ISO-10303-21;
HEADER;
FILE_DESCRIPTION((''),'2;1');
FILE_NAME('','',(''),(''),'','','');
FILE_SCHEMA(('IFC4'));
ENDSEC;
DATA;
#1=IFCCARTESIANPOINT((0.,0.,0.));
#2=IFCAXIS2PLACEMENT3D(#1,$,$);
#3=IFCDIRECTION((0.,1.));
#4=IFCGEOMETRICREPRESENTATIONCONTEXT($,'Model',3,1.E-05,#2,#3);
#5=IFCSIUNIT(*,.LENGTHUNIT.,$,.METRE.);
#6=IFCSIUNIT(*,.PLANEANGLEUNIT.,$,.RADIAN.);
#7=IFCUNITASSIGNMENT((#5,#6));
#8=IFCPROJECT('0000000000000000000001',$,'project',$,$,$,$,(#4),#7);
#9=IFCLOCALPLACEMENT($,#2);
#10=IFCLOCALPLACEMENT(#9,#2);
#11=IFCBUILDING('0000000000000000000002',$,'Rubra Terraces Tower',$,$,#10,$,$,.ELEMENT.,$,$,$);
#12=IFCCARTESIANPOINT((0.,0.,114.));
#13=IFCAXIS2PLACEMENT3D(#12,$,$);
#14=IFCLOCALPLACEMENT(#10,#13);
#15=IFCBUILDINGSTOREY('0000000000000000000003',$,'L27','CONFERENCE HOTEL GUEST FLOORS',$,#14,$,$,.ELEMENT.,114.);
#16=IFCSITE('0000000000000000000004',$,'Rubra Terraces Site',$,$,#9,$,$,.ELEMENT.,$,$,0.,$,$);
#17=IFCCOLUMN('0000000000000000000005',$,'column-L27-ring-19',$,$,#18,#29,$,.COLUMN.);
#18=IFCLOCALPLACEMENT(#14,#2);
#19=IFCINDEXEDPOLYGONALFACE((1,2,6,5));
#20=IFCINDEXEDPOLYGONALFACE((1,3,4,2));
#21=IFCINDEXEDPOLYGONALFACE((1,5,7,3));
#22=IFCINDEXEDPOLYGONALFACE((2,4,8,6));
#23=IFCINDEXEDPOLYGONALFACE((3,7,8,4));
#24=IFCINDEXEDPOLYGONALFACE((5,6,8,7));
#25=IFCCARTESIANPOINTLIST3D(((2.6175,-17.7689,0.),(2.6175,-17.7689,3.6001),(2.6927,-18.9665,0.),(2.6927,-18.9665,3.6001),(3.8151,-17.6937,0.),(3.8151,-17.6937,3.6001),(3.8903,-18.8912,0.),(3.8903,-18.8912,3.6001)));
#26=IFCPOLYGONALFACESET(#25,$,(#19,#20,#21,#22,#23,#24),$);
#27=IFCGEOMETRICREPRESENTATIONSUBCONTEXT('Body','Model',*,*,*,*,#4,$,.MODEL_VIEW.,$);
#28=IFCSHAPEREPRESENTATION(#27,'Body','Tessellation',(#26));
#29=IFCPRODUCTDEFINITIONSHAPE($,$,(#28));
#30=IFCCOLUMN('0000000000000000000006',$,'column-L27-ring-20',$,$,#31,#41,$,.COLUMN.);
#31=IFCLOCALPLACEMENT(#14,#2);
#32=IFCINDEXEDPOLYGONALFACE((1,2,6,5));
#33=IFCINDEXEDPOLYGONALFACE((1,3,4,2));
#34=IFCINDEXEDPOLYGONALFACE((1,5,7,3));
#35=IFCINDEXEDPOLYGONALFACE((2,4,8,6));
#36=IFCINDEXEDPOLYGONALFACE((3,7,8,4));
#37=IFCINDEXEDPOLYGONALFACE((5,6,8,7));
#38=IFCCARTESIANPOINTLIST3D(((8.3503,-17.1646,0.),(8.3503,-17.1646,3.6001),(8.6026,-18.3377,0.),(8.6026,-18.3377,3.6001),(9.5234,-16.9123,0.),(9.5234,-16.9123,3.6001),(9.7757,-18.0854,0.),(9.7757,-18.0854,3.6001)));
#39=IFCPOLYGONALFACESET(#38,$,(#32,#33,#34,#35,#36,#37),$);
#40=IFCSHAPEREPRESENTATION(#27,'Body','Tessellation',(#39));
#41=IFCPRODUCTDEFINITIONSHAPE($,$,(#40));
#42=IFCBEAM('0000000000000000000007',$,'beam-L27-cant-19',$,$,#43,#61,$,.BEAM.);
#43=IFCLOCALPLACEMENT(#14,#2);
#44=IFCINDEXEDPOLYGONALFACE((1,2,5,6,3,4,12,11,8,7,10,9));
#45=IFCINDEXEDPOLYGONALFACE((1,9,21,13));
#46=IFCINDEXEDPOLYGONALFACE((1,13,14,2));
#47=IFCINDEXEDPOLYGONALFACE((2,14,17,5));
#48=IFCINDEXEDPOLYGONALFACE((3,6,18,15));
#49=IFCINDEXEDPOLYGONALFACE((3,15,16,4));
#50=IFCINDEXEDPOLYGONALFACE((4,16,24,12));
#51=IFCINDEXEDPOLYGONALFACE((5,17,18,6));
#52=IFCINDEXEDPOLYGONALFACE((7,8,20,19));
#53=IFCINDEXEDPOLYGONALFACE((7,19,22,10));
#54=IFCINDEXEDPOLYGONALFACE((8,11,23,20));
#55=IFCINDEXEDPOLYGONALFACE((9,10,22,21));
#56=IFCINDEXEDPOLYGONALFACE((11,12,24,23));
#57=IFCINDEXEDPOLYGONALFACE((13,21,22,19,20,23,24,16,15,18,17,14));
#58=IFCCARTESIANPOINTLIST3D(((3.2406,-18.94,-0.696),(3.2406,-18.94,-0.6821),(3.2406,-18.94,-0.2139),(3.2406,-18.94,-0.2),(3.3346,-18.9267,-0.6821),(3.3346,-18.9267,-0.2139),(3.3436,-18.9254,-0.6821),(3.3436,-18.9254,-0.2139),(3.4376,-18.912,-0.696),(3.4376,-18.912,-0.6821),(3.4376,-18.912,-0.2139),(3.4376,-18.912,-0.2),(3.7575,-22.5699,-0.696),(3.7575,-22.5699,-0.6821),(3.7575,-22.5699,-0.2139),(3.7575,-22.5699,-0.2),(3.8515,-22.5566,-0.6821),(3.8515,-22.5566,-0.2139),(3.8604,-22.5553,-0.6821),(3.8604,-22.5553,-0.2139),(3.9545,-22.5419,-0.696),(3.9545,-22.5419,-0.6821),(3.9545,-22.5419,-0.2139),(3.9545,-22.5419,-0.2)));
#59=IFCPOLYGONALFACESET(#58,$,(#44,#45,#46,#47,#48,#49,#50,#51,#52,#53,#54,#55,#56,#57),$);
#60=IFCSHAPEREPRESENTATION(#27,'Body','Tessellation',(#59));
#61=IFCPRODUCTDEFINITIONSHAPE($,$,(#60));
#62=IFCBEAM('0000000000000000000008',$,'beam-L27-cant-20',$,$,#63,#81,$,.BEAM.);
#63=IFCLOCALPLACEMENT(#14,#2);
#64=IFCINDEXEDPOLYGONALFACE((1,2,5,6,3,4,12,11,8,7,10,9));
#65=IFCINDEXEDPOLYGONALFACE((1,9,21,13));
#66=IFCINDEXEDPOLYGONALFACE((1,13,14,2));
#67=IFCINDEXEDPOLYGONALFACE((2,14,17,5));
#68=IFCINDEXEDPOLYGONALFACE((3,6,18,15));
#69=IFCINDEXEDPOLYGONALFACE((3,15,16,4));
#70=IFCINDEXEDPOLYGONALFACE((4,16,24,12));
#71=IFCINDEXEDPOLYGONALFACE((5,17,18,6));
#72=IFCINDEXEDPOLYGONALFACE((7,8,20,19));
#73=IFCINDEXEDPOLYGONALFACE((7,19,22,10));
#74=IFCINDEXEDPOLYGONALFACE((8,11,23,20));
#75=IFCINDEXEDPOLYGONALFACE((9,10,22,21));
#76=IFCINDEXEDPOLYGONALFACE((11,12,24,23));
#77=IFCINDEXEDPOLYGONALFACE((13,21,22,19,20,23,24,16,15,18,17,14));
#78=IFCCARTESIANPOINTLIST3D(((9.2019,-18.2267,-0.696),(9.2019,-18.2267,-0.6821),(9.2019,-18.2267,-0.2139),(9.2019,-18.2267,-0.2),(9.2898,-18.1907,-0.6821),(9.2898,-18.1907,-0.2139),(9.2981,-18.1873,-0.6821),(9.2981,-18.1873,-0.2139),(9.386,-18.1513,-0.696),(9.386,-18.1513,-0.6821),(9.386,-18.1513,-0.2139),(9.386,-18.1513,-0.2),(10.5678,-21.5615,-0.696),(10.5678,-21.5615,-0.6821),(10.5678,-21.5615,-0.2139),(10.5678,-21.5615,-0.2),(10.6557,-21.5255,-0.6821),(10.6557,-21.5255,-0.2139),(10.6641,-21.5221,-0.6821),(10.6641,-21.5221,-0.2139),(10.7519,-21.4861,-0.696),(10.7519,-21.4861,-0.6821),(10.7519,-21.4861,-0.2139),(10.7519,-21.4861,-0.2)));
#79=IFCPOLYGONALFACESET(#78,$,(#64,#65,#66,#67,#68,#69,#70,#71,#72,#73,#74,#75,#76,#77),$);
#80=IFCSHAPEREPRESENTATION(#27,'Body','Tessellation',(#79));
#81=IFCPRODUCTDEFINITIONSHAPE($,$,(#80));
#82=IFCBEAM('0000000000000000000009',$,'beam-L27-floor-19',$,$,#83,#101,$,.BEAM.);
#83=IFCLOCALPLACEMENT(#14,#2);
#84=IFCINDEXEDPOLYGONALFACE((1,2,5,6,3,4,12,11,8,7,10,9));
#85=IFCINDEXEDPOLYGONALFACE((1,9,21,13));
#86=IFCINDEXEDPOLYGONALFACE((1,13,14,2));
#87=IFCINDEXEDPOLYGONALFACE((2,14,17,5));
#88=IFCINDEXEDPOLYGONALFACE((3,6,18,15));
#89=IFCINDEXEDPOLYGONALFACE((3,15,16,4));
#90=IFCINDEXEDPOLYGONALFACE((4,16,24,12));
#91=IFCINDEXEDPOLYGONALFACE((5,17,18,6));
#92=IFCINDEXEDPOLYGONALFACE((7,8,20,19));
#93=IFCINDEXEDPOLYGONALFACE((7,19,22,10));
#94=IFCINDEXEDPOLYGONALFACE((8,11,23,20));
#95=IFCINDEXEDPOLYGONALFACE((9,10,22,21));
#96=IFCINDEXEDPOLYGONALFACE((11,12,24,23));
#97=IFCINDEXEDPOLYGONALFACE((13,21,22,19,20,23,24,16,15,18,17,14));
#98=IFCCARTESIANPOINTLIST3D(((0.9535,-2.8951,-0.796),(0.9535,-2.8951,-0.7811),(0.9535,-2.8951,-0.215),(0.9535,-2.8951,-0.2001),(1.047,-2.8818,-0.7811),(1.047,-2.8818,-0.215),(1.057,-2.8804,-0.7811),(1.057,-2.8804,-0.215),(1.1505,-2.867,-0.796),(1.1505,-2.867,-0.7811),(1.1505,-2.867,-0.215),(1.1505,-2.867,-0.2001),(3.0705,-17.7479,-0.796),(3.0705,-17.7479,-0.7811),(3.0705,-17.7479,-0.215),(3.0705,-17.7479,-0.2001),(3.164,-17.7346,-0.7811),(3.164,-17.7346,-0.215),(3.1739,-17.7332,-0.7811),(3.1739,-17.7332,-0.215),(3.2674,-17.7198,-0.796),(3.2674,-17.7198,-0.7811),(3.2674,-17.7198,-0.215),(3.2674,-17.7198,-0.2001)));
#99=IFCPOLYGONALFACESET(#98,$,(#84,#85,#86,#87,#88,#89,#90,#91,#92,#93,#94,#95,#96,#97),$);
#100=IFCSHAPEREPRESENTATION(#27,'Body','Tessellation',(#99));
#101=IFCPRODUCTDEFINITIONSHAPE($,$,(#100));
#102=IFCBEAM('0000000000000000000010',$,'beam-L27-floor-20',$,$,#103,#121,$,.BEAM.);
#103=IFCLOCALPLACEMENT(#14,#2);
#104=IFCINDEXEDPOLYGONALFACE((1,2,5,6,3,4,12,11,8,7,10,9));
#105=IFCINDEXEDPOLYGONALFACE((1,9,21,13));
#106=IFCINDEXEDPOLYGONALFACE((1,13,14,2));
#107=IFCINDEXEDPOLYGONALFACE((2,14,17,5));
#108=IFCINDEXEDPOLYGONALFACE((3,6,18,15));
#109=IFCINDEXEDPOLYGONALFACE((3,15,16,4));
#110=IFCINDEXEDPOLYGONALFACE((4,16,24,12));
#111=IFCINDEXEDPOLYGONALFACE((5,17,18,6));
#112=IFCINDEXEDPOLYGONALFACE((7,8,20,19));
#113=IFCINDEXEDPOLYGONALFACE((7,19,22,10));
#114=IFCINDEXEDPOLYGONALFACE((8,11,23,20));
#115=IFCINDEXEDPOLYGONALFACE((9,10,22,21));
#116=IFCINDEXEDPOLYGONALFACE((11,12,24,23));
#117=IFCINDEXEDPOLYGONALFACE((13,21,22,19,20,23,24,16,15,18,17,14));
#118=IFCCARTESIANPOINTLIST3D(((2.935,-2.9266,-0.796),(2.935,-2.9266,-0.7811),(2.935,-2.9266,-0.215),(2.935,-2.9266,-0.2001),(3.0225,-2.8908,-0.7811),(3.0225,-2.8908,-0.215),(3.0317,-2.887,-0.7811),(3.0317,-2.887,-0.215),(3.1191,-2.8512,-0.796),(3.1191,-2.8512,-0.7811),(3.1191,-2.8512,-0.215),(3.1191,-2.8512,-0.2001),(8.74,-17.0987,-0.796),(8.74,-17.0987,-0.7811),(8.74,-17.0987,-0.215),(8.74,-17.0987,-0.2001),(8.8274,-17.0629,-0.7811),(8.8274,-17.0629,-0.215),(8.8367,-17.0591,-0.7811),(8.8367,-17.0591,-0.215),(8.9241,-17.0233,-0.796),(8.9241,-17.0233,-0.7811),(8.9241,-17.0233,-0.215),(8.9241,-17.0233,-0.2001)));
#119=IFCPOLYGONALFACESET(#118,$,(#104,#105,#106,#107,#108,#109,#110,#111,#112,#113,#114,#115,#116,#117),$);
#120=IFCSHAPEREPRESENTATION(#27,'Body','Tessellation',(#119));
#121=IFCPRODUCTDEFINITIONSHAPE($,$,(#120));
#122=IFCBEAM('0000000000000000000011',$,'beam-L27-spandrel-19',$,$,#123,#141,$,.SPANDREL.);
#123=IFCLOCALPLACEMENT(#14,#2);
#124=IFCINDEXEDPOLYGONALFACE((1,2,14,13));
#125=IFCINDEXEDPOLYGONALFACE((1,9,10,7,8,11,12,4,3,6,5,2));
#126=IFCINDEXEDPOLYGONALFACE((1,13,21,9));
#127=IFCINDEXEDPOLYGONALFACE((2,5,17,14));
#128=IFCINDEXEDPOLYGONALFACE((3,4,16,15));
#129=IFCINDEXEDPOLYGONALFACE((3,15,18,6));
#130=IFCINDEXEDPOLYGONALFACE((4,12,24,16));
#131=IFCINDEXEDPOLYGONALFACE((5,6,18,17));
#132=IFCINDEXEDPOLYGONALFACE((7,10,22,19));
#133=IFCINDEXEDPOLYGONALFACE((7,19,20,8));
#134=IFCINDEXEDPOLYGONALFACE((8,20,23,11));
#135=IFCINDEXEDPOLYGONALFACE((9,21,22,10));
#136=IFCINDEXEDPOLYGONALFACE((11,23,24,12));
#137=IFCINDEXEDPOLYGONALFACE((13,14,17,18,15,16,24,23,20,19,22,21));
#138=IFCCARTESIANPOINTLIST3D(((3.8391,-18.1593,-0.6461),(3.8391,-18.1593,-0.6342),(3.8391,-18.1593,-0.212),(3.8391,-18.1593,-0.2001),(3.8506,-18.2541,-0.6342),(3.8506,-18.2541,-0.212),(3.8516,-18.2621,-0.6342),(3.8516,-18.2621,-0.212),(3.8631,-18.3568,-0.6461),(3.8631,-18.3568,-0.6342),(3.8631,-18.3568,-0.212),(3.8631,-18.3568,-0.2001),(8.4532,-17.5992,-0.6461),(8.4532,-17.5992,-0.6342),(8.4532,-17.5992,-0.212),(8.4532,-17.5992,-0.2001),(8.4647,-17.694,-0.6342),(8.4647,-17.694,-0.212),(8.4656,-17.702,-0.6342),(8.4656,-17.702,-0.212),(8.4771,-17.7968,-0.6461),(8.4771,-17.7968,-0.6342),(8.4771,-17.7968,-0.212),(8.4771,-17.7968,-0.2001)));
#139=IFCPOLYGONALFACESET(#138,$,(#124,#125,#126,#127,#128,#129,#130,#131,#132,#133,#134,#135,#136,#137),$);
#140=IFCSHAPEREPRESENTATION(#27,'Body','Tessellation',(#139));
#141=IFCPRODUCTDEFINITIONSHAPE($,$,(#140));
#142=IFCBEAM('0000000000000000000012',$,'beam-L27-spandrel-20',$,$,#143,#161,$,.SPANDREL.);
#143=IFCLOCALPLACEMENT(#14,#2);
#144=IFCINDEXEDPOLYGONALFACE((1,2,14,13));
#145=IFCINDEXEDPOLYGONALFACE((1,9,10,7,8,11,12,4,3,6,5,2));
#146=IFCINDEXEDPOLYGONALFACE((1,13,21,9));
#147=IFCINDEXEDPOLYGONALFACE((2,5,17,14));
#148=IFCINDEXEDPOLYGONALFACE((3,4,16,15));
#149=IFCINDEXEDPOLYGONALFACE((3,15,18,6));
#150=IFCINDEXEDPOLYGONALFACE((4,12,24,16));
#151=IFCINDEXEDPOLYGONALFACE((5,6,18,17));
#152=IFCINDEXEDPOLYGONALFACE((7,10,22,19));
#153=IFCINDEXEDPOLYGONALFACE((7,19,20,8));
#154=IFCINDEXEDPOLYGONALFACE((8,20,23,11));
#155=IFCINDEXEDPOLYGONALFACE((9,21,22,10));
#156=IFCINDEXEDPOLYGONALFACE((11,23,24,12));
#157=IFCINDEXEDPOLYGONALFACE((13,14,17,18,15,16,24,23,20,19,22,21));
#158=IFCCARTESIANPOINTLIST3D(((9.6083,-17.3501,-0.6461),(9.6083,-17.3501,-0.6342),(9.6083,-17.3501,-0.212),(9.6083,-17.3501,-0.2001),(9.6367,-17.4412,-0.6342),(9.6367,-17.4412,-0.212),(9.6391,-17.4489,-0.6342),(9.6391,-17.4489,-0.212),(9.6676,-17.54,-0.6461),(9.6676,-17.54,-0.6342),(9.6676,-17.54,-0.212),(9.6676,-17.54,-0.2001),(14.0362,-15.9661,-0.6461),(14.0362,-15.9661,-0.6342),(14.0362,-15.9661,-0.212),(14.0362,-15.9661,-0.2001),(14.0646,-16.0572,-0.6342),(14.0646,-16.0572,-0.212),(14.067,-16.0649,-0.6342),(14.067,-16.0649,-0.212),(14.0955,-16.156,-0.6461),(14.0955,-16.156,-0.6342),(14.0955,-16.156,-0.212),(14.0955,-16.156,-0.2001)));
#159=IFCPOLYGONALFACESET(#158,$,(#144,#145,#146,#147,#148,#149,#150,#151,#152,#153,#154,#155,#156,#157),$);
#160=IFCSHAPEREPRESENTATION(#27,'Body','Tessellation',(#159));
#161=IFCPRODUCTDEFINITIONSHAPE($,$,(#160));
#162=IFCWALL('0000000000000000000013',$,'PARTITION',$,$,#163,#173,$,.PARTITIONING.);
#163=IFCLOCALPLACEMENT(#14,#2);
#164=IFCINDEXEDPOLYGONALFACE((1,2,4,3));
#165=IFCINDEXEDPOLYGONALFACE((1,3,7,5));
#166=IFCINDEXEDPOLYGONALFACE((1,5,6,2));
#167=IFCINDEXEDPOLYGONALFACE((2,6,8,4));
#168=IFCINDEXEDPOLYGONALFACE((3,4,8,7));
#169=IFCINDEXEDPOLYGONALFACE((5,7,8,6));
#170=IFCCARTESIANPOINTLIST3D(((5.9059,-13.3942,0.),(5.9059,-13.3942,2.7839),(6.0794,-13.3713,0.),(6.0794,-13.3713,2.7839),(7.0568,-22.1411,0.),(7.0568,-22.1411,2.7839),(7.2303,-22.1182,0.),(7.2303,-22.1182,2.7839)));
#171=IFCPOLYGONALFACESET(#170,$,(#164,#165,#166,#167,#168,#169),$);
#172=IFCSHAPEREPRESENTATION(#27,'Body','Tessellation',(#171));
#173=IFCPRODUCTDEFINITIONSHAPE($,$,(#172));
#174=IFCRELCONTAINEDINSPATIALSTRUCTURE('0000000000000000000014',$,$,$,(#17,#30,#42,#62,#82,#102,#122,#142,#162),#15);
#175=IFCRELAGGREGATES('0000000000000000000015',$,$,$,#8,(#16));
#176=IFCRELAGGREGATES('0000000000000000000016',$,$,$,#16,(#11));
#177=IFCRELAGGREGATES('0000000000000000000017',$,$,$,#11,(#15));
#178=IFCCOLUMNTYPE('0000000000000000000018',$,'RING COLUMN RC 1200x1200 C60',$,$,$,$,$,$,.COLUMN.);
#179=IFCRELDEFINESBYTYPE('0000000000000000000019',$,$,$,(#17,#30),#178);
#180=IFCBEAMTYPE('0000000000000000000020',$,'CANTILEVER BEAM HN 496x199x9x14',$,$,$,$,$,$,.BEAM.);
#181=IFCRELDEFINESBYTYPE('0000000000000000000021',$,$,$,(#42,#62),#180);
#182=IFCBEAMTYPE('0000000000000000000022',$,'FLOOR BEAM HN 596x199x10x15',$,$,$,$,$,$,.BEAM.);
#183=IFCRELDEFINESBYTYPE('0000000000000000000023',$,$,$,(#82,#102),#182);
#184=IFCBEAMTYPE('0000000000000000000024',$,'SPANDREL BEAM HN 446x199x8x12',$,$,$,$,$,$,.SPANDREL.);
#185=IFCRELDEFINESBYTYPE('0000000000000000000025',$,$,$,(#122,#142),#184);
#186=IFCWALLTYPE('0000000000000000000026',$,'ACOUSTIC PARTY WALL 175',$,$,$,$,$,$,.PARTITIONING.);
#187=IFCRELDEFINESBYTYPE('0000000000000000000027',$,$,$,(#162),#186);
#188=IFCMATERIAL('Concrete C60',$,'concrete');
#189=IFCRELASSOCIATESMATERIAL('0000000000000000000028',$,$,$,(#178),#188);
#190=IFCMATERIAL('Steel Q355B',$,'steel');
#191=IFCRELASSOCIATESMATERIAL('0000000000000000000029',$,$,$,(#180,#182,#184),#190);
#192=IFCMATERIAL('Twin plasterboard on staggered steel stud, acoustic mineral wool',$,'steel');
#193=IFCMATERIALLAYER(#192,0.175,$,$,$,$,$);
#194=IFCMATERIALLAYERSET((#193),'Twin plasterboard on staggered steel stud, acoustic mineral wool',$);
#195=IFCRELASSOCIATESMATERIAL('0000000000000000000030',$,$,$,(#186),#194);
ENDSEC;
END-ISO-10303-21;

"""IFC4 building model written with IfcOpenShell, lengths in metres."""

from ifc_helpers import new_model, si_unit, direction, frame, frame_2d, origin, origin_2d, place, context, subcontext, project, spatial, rectangle, i_section, extrude, material, layer, layer_set, material_profile, profile_set, type_object, element, save


model = new_model("IFC4")

# Units and contexts
model_context = context("Model", 3, precision=1e-05, world=origin(), true_north=direction((0.0, 1.0)))
body_context = subcontext(model_context, "Body", "Model", "MODEL_VIEW")
ifc_project = project(units=[si_unit("LENGTHUNIT", "METRE"), si_unit("PLANEANGLEUNIT", "RADIAN")], contexts=[model_context])

# Site, building, storey
site_placement = place(None, origin())
site = spatial("IfcSite", under=ifc_project, at=site_placement, Name="Rubra Terraces Site", CompositionType="ELEMENT", RefElevation=0.0)
building_placement = place(site_placement, origin())
building = spatial("IfcBuilding", under=site, at=building_placement, Name="Rubra Terraces Tower", CompositionType="ELEMENT")
storey_placement = place(building_placement, frame((0.0, 0.0, 114.0)))
storey = spatial("IfcBuildingStorey", under=building, at=storey_placement, Name="L27", Description="CONFERENCE HOTEL GUEST FLOORS", CompositionType="ELEMENT", Elevation=114.0)

# Columns
ifc_material_1 = material(Name="Concrete C60", Category="concrete")
ifc_material_profile_1 = material_profile(ifc_material_1, rectangle(XDim=1.2, YDim=1.2, at=origin_2d()), Name="RC 1200x1200")
ifc_profile_set_1 = profile_set([ifc_material_profile_1], Name="Concrete C60")
column_type = type_object("IfcColumnType", Name="RING COLUMN RC 1200x1200 C60", PredefinedType="COLUMN", material=ifc_profile_set_1)
for number, where, z_axis, x_axis, name in (
    (1, (3.2539, -18.3301, 0.0), (0.0, 0.0, 1.0), (0.998032, 0.062714, 0.0), "column-L27-ring-19"),
    (2, (9.063, -17.625, 0.0), (0.0, 0.0, 1.0), (0.977653, 0.210227, 0.0), "column-L27-ring-20"),
):
    element("IfcColumn", number, at=place(storey_placement, frame(where, z_axis=z_axis, x_axis=x_axis)), inside=storey, type_object=column_type, Name=name, PredefinedType="COLUMN", context=body_context, shape_type="SweptSolid", body=[
        extrude(rectangle(XDim=1.2, YDim=1.2, at=origin_2d()), origin(), (0.0, 0.0, 1.0), 3.6001),
    ])

# Beams
ifc_material_2 = material(Name="Steel Q355B", Category="steel")
ifc_material_profile_2 = material_profile(ifc_material_2, i_section(OverallWidth=0.199, OverallDepth=0.4961, WebThickness=0.009, FlangeThickness=0.0139, at=origin_2d()), Name="HN 496x199x9x14")
ifc_profile_set_2 = profile_set([ifc_material_profile_2], Name="Steel Q355B")
beam_type_1 = type_object("IfcBeamType", Name="CANTILEVER BEAM HN 496x199x9x14", PredefinedType="BEAM", material=ifc_profile_set_2)
beam_1_placement = place(storey_placement, frame((3.3391, -18.926, -0.448), z_axis=(0.140965, -0.990015, 0.0), x_axis=(0.990015, 0.140965, 0.0)))
element("IfcBeam", 3, at=beam_1_placement, inside=storey, type_object=beam_type_1, Name="beam-L27-cant-19", PredefinedType="BEAM", context=body_context, shape_type="SweptSolid", body=[
    extrude(i_section(OverallWidth=0.199, OverallDepth=0.4961, WebThickness=0.009, FlangeThickness=0.0139, at=origin_2d()), origin(), (0.0, 0.0, 1.0), 3.6665),
])
beam_2_placement = place(storey_placement, frame((9.2939, -18.189, -0.448), z_axis=(0.379028, -0.925385, 0.0), x_axis=(0.925385, 0.379028, 0.0)))
element("IfcBeam", 4, at=beam_2_placement, inside=storey, type_object=beam_type_1, Name="beam-L27-cant-20", PredefinedType="BEAM", context=body_context, shape_type="SweptSolid", body=[
    extrude(i_section(OverallWidth=0.199, OverallDepth=0.4961, WebThickness=0.009, FlangeThickness=0.0139, at=origin_2d()), origin(), (0.0, 0.0, 1.0), 3.6038),
])
ifc_material_profile_3 = material_profile(ifc_material_2, i_section(OverallWidth=0.199, OverallDepth=0.5959, WebThickness=0.01, FlangeThickness=0.0149, at=origin_2d()), Name="HN 596x199x10x15")
ifc_profile_set_3 = profile_set([ifc_material_profile_3], Name="Steel Q355B")
beam_type_2 = type_object("IfcBeamType", Name="FLOOR BEAM HN 596x199x10x15", PredefinedType="BEAM", material=ifc_profile_set_3)
beam_3_placement = place(storey_placement, frame((3.1689, -17.7339, -0.498), z_axis=(-0.141102, 0.989995, 0.0), x_axis=(-0.989995, -0.141102, 0.0)))
element("IfcBeam", 5, at=beam_3_placement, inside=storey, type_object=beam_type_2, Name="beam-L27-floor-19", PredefinedType="BEAM", context=body_context, shape_type="SweptSolid", body=[
    extrude(i_section(OverallWidth=0.199, OverallDepth=0.5959, WebThickness=0.01, FlangeThickness=0.0149, at=origin_2d()), origin(), (0.0, 0.0, 1.0), 15.0029),
])
beam_4_placement = place(storey_placement, frame((8.832, -17.061, -0.498), z_axis=(-0.379038, 0.925381, 0.0), x_axis=(-0.925381, -0.379038, 0.0)))
element("IfcBeam", 6, at=beam_4_placement, inside=storey, type_object=beam_type_2, Name="beam-L27-floor-20", PredefinedType="BEAM", context=body_context, shape_type="SweptSolid", body=[
    extrude(i_section(OverallWidth=0.199, OverallDepth=0.5959, WebThickness=0.01, FlangeThickness=0.0149, at=origin_2d()), origin(), (0.0, 0.0, 1.0), 15.3149),
])
ifc_material_profile_4 = material_profile(ifc_material_2, i_section(OverallWidth=0.199, OverallDepth=0.446, WebThickness=0.0081, FlangeThickness=0.012, at=origin_2d()), Name="HN 446x199x8x12")
ifc_profile_set_4 = profile_set([ifc_material_profile_4], Name="Steel Q355B")
beam_type_3 = type_object("IfcBeamType", Name="SPANDREL BEAM HN 446x199x8x12", PredefinedType="SPANDREL", material=ifc_profile_set_4)
beam_5_placement = place(storey_placement, frame((3.8511, -18.2581, -0.4231), z_axis=(0.992714, 0.120498, 0.0), x_axis=(-0.120498, 0.992714, 0.0)))
element("IfcBeam", 7, at=beam_5_placement, inside=storey, type_object=beam_type_3, Name="beam-L27-spandrel-19", PredefinedType="SPANDREL", context=body_context, shape_type="SweptSolid", body=[
    extrude(i_section(OverallWidth=0.199, OverallDepth=0.446, WebThickness=0.0081, FlangeThickness=0.012, at=origin_2d()), origin(), (0.0, 0.0, 1.0), 4.6479),
])
beam_6_placement = place(storey_placement, frame((9.6379, -17.4451, -0.4231), z_axis=(0.954462, 0.298332, 0.0), x_axis=(-0.298332, 0.954462, 0.0)))
element("IfcBeam", 8, at=beam_6_placement, inside=storey, type_object=beam_type_3, Name="beam-L27-spandrel-20", PredefinedType="SPANDREL", context=body_context, shape_type="SweptSolid", body=[
    extrude(i_section(OverallWidth=0.199, OverallDepth=0.446, WebThickness=0.0081, FlangeThickness=0.012, at=origin_2d()), origin(), (0.0, 0.0, 1.0), 4.6392),
])

# Wall
ifc_material_3 = material(Name="Twin plasterboard on staggered steel stud, acoustic mineral wool", Category="steel")
ifc_layer_1 = layer(ifc_material_3, 0.175)
ifc_layer_set_1 = layer_set([ifc_layer_1], Name="Twin plasterboard on staggered steel stud, acoustic mineral wool")
wall_type_1 = type_object("IfcWallType", Name="ACOUSTIC PARTY WALL 175", PredefinedType="PARTITIONING", material=ifc_layer_set_1)
wall_1_placement = place(storey_placement, frame((7.1436, -22.1296, 0.0), z_axis=(0.0, 0.0, 1.0), x_axis=(-0.130452, 0.991455, 0.0)))
element("IfcWall", 9, at=wall_1_placement, inside=storey, type_object=wall_type_1, Name="PARTITION", PredefinedType="PARTITIONING", context=body_context, shape_type="SweptSolid", body=[
    extrude(rectangle(XDim=8.8223, YDim=0.175, at=frame_2d((4.4111, 0.0))), origin(), (0.0, 0.0, 1.0), 2.7839),
])

save(model, "model.ifc")
